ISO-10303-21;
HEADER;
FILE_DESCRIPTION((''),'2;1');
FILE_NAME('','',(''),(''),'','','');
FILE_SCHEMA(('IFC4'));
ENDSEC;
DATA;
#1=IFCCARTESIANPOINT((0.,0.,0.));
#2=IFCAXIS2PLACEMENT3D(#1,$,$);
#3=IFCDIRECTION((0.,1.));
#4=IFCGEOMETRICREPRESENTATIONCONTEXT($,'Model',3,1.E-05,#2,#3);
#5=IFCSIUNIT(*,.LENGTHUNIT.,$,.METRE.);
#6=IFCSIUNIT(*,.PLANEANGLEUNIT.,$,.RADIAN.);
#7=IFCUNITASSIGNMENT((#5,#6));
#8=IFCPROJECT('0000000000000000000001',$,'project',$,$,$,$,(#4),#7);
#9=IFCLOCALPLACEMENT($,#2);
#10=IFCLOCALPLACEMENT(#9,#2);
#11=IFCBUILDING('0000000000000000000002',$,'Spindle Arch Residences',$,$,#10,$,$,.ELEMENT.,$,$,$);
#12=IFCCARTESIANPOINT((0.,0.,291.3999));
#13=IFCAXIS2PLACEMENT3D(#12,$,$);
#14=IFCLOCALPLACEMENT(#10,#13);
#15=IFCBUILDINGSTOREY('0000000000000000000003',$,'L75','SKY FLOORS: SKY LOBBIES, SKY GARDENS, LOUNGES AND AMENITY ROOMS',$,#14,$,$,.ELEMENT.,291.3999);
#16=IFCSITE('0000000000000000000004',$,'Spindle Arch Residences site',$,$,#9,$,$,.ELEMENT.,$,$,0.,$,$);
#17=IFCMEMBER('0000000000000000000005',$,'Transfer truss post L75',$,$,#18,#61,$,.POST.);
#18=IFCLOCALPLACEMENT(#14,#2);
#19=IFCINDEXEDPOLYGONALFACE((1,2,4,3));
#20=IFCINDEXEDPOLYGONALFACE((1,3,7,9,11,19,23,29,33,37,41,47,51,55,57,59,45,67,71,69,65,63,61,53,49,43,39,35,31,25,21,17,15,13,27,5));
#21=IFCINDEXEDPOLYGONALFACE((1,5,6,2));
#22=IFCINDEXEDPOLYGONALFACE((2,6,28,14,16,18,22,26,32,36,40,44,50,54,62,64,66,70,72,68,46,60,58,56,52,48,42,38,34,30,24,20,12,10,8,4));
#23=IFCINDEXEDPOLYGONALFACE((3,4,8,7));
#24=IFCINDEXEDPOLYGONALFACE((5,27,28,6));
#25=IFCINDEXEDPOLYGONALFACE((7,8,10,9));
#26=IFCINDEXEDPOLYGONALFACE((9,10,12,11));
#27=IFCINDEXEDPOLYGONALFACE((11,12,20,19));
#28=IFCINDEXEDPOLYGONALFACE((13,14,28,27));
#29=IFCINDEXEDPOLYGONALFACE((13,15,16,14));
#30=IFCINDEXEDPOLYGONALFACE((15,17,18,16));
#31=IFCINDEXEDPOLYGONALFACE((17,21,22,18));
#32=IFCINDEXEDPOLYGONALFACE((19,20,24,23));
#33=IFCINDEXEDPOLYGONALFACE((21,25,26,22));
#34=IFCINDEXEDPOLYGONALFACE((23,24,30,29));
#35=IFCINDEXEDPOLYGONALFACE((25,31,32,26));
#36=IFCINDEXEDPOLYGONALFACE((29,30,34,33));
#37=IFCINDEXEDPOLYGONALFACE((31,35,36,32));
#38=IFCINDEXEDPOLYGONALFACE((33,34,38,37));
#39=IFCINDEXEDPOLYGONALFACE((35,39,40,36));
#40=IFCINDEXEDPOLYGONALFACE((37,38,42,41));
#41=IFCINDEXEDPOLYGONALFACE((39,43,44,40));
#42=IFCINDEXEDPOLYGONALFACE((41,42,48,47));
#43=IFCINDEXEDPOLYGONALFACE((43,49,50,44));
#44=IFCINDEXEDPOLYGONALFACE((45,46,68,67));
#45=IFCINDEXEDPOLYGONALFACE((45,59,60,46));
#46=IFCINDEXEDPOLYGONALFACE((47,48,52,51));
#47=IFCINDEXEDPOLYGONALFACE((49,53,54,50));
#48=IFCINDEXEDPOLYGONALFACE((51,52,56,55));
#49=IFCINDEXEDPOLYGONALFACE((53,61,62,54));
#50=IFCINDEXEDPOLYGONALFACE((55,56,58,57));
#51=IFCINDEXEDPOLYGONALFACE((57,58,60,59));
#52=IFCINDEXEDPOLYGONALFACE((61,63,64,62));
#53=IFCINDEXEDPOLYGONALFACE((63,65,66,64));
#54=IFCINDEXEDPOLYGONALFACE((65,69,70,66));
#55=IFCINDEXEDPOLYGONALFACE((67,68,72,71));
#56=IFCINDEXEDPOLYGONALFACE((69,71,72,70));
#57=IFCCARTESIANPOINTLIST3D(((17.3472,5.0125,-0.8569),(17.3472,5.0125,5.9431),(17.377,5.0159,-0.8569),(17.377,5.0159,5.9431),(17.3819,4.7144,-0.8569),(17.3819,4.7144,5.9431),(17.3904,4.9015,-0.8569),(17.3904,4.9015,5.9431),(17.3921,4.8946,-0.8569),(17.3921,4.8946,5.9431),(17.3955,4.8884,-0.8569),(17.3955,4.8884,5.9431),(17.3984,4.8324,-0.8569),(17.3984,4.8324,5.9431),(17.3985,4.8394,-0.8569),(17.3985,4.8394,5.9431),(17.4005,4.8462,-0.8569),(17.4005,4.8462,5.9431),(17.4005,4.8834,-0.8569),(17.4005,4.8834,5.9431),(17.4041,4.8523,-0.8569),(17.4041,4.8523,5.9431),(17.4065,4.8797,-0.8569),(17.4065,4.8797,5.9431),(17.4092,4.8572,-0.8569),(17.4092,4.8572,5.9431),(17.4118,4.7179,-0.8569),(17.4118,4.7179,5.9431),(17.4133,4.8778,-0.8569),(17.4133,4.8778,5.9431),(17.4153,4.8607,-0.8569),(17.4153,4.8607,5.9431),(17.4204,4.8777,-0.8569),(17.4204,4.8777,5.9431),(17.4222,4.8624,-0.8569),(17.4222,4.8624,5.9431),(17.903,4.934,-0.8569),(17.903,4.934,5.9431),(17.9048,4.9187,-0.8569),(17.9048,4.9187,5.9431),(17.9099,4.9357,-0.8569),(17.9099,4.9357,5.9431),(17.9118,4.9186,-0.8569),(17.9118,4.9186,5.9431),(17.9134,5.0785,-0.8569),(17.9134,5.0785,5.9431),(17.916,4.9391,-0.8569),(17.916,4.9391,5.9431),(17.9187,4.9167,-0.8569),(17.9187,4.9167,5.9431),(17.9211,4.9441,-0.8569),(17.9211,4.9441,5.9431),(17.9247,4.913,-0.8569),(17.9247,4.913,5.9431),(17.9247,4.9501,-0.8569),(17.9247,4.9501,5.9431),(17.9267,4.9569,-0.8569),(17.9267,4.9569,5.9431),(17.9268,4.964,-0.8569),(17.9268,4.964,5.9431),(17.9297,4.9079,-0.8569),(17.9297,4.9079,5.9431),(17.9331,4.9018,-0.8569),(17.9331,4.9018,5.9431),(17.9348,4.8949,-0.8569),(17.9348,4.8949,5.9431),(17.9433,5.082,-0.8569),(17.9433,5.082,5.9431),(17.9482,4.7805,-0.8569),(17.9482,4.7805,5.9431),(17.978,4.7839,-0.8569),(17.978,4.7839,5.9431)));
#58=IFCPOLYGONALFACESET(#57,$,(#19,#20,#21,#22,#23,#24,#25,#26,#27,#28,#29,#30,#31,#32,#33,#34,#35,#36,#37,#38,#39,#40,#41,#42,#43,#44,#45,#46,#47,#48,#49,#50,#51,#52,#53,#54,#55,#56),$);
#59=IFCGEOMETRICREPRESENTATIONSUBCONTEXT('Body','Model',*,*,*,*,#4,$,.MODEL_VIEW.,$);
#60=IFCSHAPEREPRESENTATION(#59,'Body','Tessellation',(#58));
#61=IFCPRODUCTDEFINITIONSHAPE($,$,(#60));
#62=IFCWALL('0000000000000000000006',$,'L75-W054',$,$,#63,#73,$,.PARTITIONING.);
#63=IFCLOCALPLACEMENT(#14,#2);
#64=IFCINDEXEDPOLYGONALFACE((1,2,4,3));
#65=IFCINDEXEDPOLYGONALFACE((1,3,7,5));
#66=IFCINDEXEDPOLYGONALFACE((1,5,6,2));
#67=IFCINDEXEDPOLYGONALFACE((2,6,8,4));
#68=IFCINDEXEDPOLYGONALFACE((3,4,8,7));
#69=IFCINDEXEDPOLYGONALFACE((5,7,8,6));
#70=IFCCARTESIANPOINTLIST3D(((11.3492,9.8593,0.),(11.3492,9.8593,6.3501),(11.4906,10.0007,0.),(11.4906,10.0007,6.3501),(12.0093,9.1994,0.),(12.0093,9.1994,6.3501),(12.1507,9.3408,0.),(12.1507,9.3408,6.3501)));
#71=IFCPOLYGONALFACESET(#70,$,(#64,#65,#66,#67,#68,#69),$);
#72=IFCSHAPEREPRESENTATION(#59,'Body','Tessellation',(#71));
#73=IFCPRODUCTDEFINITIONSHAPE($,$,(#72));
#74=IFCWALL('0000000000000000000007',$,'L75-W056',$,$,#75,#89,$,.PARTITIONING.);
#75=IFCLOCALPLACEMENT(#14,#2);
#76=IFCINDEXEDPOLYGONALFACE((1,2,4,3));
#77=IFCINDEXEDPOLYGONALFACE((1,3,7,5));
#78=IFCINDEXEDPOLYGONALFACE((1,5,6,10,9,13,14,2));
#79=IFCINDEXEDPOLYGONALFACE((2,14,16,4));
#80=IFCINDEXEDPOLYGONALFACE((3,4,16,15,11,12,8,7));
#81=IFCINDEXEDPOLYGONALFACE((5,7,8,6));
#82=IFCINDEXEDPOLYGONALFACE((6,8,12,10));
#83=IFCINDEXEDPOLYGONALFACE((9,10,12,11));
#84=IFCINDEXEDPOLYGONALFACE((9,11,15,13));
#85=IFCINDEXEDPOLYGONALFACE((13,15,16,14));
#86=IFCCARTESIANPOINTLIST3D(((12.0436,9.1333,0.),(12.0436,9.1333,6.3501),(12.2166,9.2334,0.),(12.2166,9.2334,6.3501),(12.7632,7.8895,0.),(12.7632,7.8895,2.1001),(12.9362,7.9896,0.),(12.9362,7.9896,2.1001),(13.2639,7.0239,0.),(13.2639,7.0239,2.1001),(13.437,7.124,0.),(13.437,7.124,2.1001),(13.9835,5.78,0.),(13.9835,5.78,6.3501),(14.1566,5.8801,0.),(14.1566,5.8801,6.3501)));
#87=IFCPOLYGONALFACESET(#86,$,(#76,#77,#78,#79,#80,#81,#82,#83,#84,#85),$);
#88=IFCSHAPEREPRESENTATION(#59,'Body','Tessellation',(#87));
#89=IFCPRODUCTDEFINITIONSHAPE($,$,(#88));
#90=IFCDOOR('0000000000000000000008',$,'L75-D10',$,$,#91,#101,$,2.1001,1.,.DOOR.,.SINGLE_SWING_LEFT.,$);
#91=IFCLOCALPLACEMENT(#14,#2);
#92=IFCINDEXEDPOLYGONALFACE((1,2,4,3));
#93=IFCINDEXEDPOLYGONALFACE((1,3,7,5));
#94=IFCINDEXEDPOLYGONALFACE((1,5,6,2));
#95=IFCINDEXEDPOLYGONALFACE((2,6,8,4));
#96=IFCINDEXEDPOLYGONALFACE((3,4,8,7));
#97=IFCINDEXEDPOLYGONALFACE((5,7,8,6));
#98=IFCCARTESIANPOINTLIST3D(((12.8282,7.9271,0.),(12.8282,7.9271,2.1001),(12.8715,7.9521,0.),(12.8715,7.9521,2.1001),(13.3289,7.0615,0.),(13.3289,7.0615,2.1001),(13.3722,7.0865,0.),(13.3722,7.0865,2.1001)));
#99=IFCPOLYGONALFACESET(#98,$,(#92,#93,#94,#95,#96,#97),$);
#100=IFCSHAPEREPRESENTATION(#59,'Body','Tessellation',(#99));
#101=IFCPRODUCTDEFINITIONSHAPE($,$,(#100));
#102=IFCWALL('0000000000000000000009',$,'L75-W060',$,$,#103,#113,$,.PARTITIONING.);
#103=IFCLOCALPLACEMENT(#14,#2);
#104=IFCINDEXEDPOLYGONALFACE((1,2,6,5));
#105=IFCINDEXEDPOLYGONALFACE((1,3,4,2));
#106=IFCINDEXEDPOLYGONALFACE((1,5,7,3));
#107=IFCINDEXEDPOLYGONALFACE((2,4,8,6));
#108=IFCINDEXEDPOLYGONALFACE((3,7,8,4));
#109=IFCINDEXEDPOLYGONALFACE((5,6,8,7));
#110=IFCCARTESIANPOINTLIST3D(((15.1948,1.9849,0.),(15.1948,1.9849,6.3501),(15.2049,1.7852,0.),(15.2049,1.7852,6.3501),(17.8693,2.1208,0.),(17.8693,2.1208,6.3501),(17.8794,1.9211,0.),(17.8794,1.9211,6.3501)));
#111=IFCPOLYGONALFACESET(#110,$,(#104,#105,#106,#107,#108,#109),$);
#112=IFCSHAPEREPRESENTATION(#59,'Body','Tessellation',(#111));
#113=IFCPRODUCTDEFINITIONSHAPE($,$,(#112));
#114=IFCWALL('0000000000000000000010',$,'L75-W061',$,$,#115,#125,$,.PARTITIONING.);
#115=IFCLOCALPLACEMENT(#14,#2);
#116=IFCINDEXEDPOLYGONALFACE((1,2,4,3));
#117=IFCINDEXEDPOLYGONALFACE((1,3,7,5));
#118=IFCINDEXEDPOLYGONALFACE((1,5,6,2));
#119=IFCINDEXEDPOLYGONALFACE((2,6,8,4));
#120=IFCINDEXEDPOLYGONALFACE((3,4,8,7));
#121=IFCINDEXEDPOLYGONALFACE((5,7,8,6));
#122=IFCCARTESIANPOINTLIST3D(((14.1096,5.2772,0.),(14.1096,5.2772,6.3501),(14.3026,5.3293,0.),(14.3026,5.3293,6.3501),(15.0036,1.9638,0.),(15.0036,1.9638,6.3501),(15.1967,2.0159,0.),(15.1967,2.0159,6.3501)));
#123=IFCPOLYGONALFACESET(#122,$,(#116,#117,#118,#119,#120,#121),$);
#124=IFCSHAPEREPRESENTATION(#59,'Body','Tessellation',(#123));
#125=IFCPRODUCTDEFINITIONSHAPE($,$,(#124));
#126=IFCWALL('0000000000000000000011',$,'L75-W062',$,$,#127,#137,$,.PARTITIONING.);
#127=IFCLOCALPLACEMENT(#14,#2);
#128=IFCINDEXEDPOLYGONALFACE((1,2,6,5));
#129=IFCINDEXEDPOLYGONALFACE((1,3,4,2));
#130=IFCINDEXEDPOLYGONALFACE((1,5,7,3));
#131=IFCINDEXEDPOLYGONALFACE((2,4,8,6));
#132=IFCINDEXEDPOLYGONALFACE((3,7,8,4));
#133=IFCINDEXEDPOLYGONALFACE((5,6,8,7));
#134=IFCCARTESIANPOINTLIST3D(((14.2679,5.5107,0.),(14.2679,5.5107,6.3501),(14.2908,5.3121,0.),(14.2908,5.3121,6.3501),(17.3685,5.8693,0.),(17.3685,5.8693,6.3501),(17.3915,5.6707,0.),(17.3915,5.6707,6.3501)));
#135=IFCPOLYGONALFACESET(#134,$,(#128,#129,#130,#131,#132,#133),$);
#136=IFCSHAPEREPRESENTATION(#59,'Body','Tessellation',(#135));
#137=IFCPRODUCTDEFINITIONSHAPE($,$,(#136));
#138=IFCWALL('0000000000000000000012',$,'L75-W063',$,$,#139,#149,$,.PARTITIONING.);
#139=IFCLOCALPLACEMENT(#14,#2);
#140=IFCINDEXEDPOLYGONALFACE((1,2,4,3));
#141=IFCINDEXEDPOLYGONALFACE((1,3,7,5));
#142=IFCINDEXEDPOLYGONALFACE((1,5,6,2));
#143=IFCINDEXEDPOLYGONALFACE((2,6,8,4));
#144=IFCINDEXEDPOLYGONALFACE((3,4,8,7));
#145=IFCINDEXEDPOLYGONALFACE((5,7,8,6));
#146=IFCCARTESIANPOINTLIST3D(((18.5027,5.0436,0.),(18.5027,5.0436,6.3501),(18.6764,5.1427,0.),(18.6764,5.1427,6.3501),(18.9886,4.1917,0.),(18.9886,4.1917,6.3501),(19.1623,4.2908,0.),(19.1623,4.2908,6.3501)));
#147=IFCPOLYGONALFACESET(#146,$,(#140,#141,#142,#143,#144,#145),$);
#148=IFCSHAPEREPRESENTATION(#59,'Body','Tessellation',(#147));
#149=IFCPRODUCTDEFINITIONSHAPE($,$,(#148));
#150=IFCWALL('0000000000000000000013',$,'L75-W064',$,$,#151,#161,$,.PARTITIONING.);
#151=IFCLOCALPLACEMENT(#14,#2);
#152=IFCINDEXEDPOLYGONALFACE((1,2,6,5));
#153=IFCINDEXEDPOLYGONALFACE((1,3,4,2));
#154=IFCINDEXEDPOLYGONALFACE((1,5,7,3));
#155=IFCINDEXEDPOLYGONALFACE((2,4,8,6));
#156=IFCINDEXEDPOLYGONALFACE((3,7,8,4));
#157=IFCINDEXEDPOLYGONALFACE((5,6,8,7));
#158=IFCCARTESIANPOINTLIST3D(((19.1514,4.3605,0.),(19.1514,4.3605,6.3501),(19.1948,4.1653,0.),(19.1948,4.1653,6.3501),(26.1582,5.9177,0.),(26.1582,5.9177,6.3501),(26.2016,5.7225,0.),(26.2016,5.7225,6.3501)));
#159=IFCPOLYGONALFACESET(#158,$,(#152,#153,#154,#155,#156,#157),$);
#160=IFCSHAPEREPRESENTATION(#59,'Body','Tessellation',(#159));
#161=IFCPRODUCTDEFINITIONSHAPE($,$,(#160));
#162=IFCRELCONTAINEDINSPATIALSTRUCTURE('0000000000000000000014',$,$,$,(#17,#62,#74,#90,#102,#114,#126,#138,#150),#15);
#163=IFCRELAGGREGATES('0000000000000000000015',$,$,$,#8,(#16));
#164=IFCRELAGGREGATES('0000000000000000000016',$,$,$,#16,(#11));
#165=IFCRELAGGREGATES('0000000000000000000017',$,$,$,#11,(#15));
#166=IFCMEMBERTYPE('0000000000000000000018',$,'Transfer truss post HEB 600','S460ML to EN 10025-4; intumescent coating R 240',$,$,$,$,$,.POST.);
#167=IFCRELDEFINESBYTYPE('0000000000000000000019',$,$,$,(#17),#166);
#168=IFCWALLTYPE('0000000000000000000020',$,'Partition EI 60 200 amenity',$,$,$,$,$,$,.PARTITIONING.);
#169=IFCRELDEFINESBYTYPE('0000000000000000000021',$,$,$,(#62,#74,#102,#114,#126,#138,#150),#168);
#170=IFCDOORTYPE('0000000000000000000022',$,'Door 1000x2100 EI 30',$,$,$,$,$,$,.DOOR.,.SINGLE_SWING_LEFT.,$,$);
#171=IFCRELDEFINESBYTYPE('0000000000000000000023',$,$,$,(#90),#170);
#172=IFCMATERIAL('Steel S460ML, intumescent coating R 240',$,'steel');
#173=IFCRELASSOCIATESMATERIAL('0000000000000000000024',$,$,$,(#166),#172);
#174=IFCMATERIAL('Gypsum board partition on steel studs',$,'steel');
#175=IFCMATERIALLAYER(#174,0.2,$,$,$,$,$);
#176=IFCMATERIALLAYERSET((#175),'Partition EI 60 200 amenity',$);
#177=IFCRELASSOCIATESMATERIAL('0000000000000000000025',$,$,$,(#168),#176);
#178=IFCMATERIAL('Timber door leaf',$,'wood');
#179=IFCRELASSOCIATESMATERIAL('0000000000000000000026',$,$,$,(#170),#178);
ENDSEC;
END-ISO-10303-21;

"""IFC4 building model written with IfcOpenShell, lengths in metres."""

from ifc_helpers import new_model, si_unit, direction, frame, frame_2d, origin, origin_2d, place, context, subcontext, project, spatial, rectangle, i_section, extrude, material, layer, layer_set, material_profile, profile_set, type_object, element, fill, save


model = new_model("IFC4")

# Units and contexts
model_context = context("Model", 3, precision=1e-05, world=origin(), true_north=direction((0.0, 1.0)))
body_context = subcontext(model_context, "Body", "Model", "MODEL_VIEW")
ifc_project = project(units=[si_unit("LENGTHUNIT", "METRE"), si_unit("PLANEANGLEUNIT", "RADIAN")], contexts=[model_context])

# Site, building, storey
site_placement = place(None, origin())
site = spatial("IfcSite", under=ifc_project, at=site_placement, Name="Spindle Arch Residences site", CompositionType="ELEMENT", RefElevation=0.0)
building_placement = place(site_placement, origin())
building = spatial("IfcBuilding", under=site, at=building_placement, Name="Spindle Arch Residences", CompositionType="ELEMENT")
storey_placement = place(building_placement, frame((0.0, 0.0, 291.3999)))
storey = spatial("IfcBuildingStorey", under=building, at=storey_placement, Name="L75", Description="SKY FLOORS: SKY LOBBIES, SKY GARDENS, LOUNGES AND AMENITY ROOMS", CompositionType="ELEMENT", Elevation=291.3999)

# Member
ifc_material_1 = material(Name="Steel S460ML, intumescent coating R 240", Category="steel")
ifc_material_profile_1 = material_profile(ifc_material_1, i_section(OverallWidth=0.3, OverallDepth=0.6001, WebThickness=0.0154, FlangeThickness=0.03, FilletRadius=0.0271, at=origin_2d()), Name="HEB 600")
ifc_profile_set_1 = profile_set([ifc_material_profile_1], Name="Steel S460ML, intumescent coating R 240")
member_type_1 = type_object("IfcMemberType", Name="Transfer truss post HEB 600", Description="S460ML to EN 10025-4; intumescent coating R 240", PredefinedType="POST", material=ifc_profile_set_1)
member_1_placement = place(storey_placement, frame((17.6626, 4.8982, -0.8569), z_axis=(0.0, 0.0, 1.0), x_axis=(0.115815, -0.993271, 0.0)))
element("IfcMember", 1, at=member_1_placement, inside=storey, type_object=member_type_1, Name="Transfer truss post L75", PredefinedType="POST", context=body_context, shape_type="SweptSolid", body=[
    extrude(i_section(OverallWidth=0.3, OverallDepth=0.6001, WebThickness=0.0154, FlangeThickness=0.03, FilletRadius=0.0271, at=origin_2d()), origin(), (0.0, 0.0, 1.0), 6.8),
])

# Wall
ifc_material_2 = material(Name="Gypsum board partition on steel studs", Category="steel")
ifc_layer = layer(ifc_material_2, 0.2)
ifc_layer_set = layer_set([ifc_layer], Name="Partition EI 60 200 amenity")
wall_type = type_object("IfcWallType", Name="Partition EI 60 200 amenity", PredefinedType="PARTITIONING", material=ifc_layer_set)
wall_1_placement = place(storey_placement, frame((12.0801, 9.27, 0.0), z_axis=(0.0, 0.0, 1.0), x_axis=(-0.707238, 0.706976, 0.0)))
element("IfcWall", 2, at=wall_1_placement, inside=storey, type_object=wall_type, Name="L75-W054", PredefinedType="PARTITIONING", context=body_context, shape_type="SweptSolid", body=[
    extrude(rectangle(XDim=0.9333, YDim=0.2, at=frame_2d((0.4668, 0.0))), origin(), (0.0, 0.0, 1.0), 6.3501),
])

# Wall, opening, door
wall_2_placement = place(storey_placement, frame((14.0701, 5.8301, 0.0), z_axis=(0.0, 0.0, 1.0), x_axis=(-0.50076, 0.865586, 0.0)))
wall_2 = element("IfcWall", 3, at=wall_2_placement, inside=storey, type_object=wall_type, Name="L75-W056", PredefinedType="PARTITIONING", context=body_context, shape_type="SweptSolid", body=[
    extrude(rectangle(XDim=3.874, YDim=0.2, at=frame_2d((1.937, 0.0))), origin(), (0.0, 0.0, 1.0), 6.3501),
])
opening_placement = place(wall_2_placement, frame((1.437, 0.0, 0.0)))
opening = element("IfcOpeningElement", 4, at=opening_placement, cuts=wall_2, PredefinedType="OPENING", context=body_context, shape_type="SweptSolid", body=[
    extrude(rectangle(XDim=1.0, YDim=2.1001, at=frame_2d((0.5, 1.05))), frame((0.0, 0.1099, 0.0), z_axis=(0.0, -1.0, 0.0), x_axis=(1.0, 0.0, 0.0)), (0.0, 0.0, 1.0), 0.22),
])
ifc_material_3 = material(Name="Timber door leaf", Category="wood")
door_type = type_object("IfcDoorType", Name="Door 1000x2100 EI 30", OperationType="SINGLE_SWING_LEFT", PredefinedType="DOOR", material=ifc_material_3)
door_placement = place(opening_placement, origin())
door = element("IfcDoor", 5, at=door_placement, inside=storey, type_object=door_type, Name="L75-D10", OperationType="SINGLE_SWING_LEFT", OverallHeight=2.1001, OverallWidth=1.0, PredefinedType="DOOR", context=body_context, shape_type="SweptSolid", body=[
    extrude(rectangle(XDim=1.0, YDim=2.1001, at=frame_2d((0.5, 1.05))), frame((0.0, 0.0249, 0.0), z_axis=(0.0, -1.0, 0.0), x_axis=(1.0, 0.0, 0.0)), (0.0, 0.0, 1.0), 0.05),
])
fill(opening, door)

# Walls
wall_3_placement = place(storey_placement, frame((15.2, 1.885, 0.0), z_axis=(0.0, 0.0, 1.0), x_axis=(0.99871, 0.050779, 0.0)))
element("IfcWall", 6, at=wall_3_placement, inside=storey, type_object=wall_type, Name="L75-W060", PredefinedType="PARTITIONING", context=body_context, shape_type="SweptSolid", body=[
    extrude(rectangle(XDim=2.678, YDim=0.2, at=frame_2d((1.3389, 0.0))), origin(), (0.0, 0.0, 1.0), 6.3501),
])
wall_4_placement = place(storey_placement, frame((15.1001, 1.99, 0.0), z_axis=(0.0, 0.0, 1.0), x_axis=(-0.260504, 0.965473, 0.0)))
element("IfcWall", 7, at=wall_4_placement, inside=storey, type_object=wall_type, Name="L75-W061", PredefinedType="PARTITIONING", context=body_context, shape_type="SweptSolid", body=[
    extrude(rectangle(XDim=3.4319, YDim=0.2, at=frame_2d((1.7158, 0.0))), origin(), (0.0, 0.0, 1.0), 6.3501),
])
wall_5_placement = place(storey_placement, frame((17.3799, 5.77, 0.0), z_axis=(0.0, 0.0, 1.0), x_axis=(-0.993377, -0.114903, 0.0)))
element("IfcWall", 8, at=wall_5_placement, inside=storey, type_object=wall_type, Name="L75-W062", PredefinedType="PARTITIONING", context=body_context, shape_type="SweptSolid", body=[
    extrude(rectangle(XDim=3.1213, YDim=0.2, at=frame_2d((1.5605, 0.0))), origin(), (0.0, 0.0, 1.0), 6.3501),
])
wall_6_placement = place(storey_placement, frame((18.5896, 5.093, 0.0), z_axis=(0.0, 0.0, 1.0), x_axis=(0.495442, -0.868641, 0.0)))
element("IfcWall", 9, at=wall_6_placement, inside=storey, type_object=wall_type, Name="L75-W063", PredefinedType="PARTITIONING", context=body_context, shape_type="SweptSolid", body=[
    extrude(rectangle(XDim=0.9807, YDim=0.2, at=frame_2d((0.4902, 0.0))), origin(), (0.0, 0.0, 1.0), 6.3501),
])
wall_7_placement = place(storey_placement, frame((19.1731, 4.2629, 0.0), z_axis=(0.0, 0.0, 1.0), x_axis=(0.976185, 0.216938, 0.0)))
element("IfcWall", 10, at=wall_7_placement, inside=storey, type_object=wall_type, Name="L75-W064", PredefinedType="PARTITIONING", context=body_context, shape_type="SweptSolid", body=[
    extrude(rectangle(XDim=7.1777, YDim=0.2, at=frame_2d((3.5889, 0.0))), origin(), (0.0, 0.0, 1.0), 6.3501),
])

save(model, "model.ifc")
